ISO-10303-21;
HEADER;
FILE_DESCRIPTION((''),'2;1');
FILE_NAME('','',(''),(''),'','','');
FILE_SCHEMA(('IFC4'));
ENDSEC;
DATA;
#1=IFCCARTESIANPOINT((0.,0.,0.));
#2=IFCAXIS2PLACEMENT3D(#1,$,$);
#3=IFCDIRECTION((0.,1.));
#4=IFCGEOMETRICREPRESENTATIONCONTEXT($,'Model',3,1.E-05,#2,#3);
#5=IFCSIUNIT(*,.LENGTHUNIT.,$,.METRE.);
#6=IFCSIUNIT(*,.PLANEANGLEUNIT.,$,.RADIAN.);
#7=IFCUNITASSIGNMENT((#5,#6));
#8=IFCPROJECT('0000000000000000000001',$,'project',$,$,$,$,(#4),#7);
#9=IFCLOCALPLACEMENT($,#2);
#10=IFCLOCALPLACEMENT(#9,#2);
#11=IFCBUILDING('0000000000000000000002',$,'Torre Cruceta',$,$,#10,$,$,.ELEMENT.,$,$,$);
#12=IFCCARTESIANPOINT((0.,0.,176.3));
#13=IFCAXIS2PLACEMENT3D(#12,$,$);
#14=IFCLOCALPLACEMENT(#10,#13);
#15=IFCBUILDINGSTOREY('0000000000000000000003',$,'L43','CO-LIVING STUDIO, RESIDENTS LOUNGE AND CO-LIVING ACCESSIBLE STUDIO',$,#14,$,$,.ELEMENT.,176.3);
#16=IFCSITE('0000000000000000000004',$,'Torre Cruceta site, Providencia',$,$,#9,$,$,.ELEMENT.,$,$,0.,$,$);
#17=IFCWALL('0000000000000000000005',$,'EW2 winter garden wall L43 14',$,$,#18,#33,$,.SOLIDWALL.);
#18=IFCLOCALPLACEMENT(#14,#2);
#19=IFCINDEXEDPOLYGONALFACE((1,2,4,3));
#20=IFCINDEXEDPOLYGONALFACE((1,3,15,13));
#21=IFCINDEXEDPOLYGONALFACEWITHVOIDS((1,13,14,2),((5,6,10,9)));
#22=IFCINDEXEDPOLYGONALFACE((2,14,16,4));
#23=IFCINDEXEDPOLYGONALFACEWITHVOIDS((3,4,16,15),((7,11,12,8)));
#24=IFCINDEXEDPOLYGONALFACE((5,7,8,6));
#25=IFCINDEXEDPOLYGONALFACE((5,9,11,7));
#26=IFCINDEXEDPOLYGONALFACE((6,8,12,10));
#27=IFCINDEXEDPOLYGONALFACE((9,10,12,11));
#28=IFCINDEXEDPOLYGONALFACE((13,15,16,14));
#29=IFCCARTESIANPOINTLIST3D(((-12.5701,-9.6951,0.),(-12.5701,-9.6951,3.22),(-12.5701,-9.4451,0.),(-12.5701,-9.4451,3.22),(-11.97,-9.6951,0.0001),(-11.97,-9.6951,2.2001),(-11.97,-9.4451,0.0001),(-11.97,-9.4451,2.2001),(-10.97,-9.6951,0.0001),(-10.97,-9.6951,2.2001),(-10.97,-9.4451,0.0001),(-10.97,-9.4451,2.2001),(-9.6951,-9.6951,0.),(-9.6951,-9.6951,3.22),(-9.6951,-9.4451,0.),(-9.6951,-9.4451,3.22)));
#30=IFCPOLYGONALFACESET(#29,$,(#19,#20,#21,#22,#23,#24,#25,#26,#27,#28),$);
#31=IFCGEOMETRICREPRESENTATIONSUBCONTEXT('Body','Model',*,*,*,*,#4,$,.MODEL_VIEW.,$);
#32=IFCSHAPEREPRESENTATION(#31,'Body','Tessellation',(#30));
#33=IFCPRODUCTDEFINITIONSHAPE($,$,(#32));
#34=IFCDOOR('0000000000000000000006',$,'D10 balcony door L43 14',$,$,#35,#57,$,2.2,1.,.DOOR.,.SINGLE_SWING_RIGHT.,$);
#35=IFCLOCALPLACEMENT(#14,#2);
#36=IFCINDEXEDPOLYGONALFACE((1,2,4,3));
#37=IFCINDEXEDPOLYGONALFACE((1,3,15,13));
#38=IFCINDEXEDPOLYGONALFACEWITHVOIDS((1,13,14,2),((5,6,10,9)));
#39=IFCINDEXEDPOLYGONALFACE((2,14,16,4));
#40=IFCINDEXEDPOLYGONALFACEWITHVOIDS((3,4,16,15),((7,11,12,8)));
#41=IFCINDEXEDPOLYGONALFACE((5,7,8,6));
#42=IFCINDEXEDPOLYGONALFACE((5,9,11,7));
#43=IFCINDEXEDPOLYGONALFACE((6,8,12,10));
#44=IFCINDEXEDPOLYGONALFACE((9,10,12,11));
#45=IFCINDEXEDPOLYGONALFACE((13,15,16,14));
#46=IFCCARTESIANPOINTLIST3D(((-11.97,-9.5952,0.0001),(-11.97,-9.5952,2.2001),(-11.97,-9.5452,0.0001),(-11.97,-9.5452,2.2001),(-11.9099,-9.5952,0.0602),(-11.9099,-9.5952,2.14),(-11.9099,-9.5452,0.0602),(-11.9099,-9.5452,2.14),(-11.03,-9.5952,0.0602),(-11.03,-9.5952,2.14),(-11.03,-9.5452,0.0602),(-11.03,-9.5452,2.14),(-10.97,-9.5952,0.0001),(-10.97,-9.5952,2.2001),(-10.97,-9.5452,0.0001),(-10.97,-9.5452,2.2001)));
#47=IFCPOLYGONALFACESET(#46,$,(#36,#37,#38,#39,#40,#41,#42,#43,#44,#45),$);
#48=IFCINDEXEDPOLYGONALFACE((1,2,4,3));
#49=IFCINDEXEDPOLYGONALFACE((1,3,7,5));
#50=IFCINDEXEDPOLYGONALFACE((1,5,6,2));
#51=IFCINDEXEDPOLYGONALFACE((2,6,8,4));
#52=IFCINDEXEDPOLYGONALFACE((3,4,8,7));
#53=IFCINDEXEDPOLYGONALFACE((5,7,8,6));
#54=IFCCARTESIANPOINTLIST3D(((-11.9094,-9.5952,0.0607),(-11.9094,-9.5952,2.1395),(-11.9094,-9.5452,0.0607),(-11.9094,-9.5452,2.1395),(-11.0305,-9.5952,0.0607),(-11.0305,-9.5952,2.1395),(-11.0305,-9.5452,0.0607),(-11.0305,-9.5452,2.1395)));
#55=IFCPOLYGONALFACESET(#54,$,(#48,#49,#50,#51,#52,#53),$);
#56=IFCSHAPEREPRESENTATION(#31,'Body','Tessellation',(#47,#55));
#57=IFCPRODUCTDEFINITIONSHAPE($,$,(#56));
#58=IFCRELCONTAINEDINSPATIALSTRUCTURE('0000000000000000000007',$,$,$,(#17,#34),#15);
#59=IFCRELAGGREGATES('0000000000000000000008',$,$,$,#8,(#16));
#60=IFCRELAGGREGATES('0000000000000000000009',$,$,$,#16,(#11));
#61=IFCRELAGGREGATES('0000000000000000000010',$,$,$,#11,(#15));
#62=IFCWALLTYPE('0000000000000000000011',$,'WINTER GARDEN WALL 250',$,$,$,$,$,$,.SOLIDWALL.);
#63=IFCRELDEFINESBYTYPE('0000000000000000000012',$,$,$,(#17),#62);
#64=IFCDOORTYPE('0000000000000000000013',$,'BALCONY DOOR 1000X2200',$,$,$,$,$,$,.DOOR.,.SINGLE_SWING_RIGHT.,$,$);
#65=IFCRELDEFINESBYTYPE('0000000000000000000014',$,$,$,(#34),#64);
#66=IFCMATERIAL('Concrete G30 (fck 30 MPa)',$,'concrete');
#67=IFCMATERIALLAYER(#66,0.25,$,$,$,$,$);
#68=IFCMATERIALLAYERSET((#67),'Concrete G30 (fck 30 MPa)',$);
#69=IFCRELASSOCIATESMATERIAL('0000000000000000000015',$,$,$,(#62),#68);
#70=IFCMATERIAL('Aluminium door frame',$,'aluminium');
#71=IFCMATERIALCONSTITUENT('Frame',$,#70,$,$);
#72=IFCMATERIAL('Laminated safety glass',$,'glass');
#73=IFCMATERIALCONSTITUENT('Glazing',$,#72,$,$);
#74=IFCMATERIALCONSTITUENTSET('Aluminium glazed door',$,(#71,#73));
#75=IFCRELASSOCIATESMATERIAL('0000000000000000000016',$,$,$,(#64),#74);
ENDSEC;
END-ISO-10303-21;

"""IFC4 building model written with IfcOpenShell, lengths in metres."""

from ifc_helpers import new_model, si_unit, direction, frame, frame_2d, origin, place, context, subcontext, project, spatial, rectangle, hollow_rectangle, extrude, material, layer, layer_set, constituent, constituent_set, type_object, element, fill, save


model = new_model("IFC4")

# Units and contexts
model_context = context("Model", 3, precision=1e-05, world=origin(), true_north=direction((0.0, 1.0)))
body_context = subcontext(model_context, "Body", "Model", "MODEL_VIEW")
ifc_project = project(units=[si_unit("LENGTHUNIT", "METRE"), si_unit("PLANEANGLEUNIT", "RADIAN")], contexts=[model_context])

# Site, building, storey
site_placement = place(None, origin())
site = spatial("IfcSite", under=ifc_project, at=site_placement, Name="Torre Cruceta site, Providencia", CompositionType="ELEMENT", RefElevation=0.0)
building_placement = place(site_placement, origin())
building = spatial("IfcBuilding", under=site, at=building_placement, Name="Torre Cruceta", CompositionType="ELEMENT")
storey_placement = place(building_placement, frame((0.0, 0.0, 176.3)))
storey = spatial("IfcBuildingStorey", under=building, at=storey_placement, Name="L43", Description="CO-LIVING STUDIO, RESIDENTS LOUNGE AND CO-LIVING ACCESSIBLE STUDIO", CompositionType="ELEMENT", Elevation=176.3)

# Wall, opening, door
ifc_material_1 = material(Name="Concrete G30 (fck 30 MPa)", Category="concrete")
ifc_layer_1 = layer(ifc_material_1, 0.25)
ifc_layer_set_1 = layer_set([ifc_layer_1], Name="Concrete G30 (fck 30 MPa)")
wall_type_1 = type_object("IfcWallType", Name="WINTER GARDEN WALL 250", PredefinedType="SOLIDWALL", material=ifc_layer_set_1)
wall_1_placement = place(storey_placement, frame((-12.5701, -9.5701, 0.0), z_axis=(0.0, 0.0, 1.0), x_axis=(1.0, 0.0, 0.0)))
wall_1 = element("IfcWall", 1, at=wall_1_placement, inside=storey, type_object=wall_type_1, Name="EW2 winter garden wall L43 14", PredefinedType="SOLIDWALL", context=body_context, shape_type="SweptSolid", body=[
    extrude(rectangle(XDim=2.875, YDim=0.25, at=frame_2d((1.4375, 0.0))), origin(), (0.0, 0.0, 1.0), 3.22),
])
opening_1_placement = place(wall_1_placement, frame((0.6001, 0.0, 0.0)))
opening_1 = element("IfcOpeningElement", 2, at=opening_1_placement, cuts=wall_1, PredefinedType="OPENING", context=body_context, shape_type="SweptSolid", body=[
    extrude(rectangle(XDim=1.0, YDim=2.2, at=frame_2d((0.5, 1.1001))), frame((0.0, 0.135, 0.0), z_axis=(0.0, -1.0, 0.0), x_axis=(1.0, 0.0, 0.0)), (0.0, 0.0, 1.0), 0.27),
])
ifc_material_2 = material(Name="Aluminium door frame", Category="aluminium")
ifc_constituent_1 = constituent(ifc_material_2, Name="Frame")
ifc_material_3 = material(Name="Laminated safety glass", Category="glass")
ifc_constituent_2 = constituent(ifc_material_3, Name="Glazing")
ifc_constituent_set_1 = constituent_set(constituents=[ifc_constituent_1, ifc_constituent_2], Name="Aluminium glazed door")
door_type_1 = type_object("IfcDoorType", Name="BALCONY DOOR 1000X2200", OperationType="SINGLE_SWING_RIGHT", PredefinedType="DOOR", material=ifc_constituent_set_1)
door_1_placement = place(opening_1_placement, origin())
door_1 = element("IfcDoor", 3, at=door_1_placement, inside=storey, type_object=door_type_1, Name="D10 balcony door L43 14", OperationType="SINGLE_SWING_RIGHT", OverallHeight=2.2, OverallWidth=1.0, PredefinedType="DOOR", context=body_context, shape_type="SweptSolid", body=[
    extrude(hollow_rectangle(XDim=1.0, YDim=2.2, WallThickness=0.0601, at=frame_2d((0.5, 1.1001))), frame((0.0, 0.0249, 0.0), z_axis=(0.0, -1.0, 0.0), x_axis=(1.0, 0.0, 0.0)), (0.0, 0.0, 1.0), 0.05),
    extrude(rectangle(XDim=0.8789, YDim=2.0789, at=frame_2d((0.5, 1.1001))), frame((0.0, 0.0249, 0.0), z_axis=(0.0, -1.0, 0.0), x_axis=(1.0, 0.0, 0.0)), (0.0, 0.0, 1.0), 0.05),
])
fill(opening_1, door_1)

save(model, "model.ifc")
